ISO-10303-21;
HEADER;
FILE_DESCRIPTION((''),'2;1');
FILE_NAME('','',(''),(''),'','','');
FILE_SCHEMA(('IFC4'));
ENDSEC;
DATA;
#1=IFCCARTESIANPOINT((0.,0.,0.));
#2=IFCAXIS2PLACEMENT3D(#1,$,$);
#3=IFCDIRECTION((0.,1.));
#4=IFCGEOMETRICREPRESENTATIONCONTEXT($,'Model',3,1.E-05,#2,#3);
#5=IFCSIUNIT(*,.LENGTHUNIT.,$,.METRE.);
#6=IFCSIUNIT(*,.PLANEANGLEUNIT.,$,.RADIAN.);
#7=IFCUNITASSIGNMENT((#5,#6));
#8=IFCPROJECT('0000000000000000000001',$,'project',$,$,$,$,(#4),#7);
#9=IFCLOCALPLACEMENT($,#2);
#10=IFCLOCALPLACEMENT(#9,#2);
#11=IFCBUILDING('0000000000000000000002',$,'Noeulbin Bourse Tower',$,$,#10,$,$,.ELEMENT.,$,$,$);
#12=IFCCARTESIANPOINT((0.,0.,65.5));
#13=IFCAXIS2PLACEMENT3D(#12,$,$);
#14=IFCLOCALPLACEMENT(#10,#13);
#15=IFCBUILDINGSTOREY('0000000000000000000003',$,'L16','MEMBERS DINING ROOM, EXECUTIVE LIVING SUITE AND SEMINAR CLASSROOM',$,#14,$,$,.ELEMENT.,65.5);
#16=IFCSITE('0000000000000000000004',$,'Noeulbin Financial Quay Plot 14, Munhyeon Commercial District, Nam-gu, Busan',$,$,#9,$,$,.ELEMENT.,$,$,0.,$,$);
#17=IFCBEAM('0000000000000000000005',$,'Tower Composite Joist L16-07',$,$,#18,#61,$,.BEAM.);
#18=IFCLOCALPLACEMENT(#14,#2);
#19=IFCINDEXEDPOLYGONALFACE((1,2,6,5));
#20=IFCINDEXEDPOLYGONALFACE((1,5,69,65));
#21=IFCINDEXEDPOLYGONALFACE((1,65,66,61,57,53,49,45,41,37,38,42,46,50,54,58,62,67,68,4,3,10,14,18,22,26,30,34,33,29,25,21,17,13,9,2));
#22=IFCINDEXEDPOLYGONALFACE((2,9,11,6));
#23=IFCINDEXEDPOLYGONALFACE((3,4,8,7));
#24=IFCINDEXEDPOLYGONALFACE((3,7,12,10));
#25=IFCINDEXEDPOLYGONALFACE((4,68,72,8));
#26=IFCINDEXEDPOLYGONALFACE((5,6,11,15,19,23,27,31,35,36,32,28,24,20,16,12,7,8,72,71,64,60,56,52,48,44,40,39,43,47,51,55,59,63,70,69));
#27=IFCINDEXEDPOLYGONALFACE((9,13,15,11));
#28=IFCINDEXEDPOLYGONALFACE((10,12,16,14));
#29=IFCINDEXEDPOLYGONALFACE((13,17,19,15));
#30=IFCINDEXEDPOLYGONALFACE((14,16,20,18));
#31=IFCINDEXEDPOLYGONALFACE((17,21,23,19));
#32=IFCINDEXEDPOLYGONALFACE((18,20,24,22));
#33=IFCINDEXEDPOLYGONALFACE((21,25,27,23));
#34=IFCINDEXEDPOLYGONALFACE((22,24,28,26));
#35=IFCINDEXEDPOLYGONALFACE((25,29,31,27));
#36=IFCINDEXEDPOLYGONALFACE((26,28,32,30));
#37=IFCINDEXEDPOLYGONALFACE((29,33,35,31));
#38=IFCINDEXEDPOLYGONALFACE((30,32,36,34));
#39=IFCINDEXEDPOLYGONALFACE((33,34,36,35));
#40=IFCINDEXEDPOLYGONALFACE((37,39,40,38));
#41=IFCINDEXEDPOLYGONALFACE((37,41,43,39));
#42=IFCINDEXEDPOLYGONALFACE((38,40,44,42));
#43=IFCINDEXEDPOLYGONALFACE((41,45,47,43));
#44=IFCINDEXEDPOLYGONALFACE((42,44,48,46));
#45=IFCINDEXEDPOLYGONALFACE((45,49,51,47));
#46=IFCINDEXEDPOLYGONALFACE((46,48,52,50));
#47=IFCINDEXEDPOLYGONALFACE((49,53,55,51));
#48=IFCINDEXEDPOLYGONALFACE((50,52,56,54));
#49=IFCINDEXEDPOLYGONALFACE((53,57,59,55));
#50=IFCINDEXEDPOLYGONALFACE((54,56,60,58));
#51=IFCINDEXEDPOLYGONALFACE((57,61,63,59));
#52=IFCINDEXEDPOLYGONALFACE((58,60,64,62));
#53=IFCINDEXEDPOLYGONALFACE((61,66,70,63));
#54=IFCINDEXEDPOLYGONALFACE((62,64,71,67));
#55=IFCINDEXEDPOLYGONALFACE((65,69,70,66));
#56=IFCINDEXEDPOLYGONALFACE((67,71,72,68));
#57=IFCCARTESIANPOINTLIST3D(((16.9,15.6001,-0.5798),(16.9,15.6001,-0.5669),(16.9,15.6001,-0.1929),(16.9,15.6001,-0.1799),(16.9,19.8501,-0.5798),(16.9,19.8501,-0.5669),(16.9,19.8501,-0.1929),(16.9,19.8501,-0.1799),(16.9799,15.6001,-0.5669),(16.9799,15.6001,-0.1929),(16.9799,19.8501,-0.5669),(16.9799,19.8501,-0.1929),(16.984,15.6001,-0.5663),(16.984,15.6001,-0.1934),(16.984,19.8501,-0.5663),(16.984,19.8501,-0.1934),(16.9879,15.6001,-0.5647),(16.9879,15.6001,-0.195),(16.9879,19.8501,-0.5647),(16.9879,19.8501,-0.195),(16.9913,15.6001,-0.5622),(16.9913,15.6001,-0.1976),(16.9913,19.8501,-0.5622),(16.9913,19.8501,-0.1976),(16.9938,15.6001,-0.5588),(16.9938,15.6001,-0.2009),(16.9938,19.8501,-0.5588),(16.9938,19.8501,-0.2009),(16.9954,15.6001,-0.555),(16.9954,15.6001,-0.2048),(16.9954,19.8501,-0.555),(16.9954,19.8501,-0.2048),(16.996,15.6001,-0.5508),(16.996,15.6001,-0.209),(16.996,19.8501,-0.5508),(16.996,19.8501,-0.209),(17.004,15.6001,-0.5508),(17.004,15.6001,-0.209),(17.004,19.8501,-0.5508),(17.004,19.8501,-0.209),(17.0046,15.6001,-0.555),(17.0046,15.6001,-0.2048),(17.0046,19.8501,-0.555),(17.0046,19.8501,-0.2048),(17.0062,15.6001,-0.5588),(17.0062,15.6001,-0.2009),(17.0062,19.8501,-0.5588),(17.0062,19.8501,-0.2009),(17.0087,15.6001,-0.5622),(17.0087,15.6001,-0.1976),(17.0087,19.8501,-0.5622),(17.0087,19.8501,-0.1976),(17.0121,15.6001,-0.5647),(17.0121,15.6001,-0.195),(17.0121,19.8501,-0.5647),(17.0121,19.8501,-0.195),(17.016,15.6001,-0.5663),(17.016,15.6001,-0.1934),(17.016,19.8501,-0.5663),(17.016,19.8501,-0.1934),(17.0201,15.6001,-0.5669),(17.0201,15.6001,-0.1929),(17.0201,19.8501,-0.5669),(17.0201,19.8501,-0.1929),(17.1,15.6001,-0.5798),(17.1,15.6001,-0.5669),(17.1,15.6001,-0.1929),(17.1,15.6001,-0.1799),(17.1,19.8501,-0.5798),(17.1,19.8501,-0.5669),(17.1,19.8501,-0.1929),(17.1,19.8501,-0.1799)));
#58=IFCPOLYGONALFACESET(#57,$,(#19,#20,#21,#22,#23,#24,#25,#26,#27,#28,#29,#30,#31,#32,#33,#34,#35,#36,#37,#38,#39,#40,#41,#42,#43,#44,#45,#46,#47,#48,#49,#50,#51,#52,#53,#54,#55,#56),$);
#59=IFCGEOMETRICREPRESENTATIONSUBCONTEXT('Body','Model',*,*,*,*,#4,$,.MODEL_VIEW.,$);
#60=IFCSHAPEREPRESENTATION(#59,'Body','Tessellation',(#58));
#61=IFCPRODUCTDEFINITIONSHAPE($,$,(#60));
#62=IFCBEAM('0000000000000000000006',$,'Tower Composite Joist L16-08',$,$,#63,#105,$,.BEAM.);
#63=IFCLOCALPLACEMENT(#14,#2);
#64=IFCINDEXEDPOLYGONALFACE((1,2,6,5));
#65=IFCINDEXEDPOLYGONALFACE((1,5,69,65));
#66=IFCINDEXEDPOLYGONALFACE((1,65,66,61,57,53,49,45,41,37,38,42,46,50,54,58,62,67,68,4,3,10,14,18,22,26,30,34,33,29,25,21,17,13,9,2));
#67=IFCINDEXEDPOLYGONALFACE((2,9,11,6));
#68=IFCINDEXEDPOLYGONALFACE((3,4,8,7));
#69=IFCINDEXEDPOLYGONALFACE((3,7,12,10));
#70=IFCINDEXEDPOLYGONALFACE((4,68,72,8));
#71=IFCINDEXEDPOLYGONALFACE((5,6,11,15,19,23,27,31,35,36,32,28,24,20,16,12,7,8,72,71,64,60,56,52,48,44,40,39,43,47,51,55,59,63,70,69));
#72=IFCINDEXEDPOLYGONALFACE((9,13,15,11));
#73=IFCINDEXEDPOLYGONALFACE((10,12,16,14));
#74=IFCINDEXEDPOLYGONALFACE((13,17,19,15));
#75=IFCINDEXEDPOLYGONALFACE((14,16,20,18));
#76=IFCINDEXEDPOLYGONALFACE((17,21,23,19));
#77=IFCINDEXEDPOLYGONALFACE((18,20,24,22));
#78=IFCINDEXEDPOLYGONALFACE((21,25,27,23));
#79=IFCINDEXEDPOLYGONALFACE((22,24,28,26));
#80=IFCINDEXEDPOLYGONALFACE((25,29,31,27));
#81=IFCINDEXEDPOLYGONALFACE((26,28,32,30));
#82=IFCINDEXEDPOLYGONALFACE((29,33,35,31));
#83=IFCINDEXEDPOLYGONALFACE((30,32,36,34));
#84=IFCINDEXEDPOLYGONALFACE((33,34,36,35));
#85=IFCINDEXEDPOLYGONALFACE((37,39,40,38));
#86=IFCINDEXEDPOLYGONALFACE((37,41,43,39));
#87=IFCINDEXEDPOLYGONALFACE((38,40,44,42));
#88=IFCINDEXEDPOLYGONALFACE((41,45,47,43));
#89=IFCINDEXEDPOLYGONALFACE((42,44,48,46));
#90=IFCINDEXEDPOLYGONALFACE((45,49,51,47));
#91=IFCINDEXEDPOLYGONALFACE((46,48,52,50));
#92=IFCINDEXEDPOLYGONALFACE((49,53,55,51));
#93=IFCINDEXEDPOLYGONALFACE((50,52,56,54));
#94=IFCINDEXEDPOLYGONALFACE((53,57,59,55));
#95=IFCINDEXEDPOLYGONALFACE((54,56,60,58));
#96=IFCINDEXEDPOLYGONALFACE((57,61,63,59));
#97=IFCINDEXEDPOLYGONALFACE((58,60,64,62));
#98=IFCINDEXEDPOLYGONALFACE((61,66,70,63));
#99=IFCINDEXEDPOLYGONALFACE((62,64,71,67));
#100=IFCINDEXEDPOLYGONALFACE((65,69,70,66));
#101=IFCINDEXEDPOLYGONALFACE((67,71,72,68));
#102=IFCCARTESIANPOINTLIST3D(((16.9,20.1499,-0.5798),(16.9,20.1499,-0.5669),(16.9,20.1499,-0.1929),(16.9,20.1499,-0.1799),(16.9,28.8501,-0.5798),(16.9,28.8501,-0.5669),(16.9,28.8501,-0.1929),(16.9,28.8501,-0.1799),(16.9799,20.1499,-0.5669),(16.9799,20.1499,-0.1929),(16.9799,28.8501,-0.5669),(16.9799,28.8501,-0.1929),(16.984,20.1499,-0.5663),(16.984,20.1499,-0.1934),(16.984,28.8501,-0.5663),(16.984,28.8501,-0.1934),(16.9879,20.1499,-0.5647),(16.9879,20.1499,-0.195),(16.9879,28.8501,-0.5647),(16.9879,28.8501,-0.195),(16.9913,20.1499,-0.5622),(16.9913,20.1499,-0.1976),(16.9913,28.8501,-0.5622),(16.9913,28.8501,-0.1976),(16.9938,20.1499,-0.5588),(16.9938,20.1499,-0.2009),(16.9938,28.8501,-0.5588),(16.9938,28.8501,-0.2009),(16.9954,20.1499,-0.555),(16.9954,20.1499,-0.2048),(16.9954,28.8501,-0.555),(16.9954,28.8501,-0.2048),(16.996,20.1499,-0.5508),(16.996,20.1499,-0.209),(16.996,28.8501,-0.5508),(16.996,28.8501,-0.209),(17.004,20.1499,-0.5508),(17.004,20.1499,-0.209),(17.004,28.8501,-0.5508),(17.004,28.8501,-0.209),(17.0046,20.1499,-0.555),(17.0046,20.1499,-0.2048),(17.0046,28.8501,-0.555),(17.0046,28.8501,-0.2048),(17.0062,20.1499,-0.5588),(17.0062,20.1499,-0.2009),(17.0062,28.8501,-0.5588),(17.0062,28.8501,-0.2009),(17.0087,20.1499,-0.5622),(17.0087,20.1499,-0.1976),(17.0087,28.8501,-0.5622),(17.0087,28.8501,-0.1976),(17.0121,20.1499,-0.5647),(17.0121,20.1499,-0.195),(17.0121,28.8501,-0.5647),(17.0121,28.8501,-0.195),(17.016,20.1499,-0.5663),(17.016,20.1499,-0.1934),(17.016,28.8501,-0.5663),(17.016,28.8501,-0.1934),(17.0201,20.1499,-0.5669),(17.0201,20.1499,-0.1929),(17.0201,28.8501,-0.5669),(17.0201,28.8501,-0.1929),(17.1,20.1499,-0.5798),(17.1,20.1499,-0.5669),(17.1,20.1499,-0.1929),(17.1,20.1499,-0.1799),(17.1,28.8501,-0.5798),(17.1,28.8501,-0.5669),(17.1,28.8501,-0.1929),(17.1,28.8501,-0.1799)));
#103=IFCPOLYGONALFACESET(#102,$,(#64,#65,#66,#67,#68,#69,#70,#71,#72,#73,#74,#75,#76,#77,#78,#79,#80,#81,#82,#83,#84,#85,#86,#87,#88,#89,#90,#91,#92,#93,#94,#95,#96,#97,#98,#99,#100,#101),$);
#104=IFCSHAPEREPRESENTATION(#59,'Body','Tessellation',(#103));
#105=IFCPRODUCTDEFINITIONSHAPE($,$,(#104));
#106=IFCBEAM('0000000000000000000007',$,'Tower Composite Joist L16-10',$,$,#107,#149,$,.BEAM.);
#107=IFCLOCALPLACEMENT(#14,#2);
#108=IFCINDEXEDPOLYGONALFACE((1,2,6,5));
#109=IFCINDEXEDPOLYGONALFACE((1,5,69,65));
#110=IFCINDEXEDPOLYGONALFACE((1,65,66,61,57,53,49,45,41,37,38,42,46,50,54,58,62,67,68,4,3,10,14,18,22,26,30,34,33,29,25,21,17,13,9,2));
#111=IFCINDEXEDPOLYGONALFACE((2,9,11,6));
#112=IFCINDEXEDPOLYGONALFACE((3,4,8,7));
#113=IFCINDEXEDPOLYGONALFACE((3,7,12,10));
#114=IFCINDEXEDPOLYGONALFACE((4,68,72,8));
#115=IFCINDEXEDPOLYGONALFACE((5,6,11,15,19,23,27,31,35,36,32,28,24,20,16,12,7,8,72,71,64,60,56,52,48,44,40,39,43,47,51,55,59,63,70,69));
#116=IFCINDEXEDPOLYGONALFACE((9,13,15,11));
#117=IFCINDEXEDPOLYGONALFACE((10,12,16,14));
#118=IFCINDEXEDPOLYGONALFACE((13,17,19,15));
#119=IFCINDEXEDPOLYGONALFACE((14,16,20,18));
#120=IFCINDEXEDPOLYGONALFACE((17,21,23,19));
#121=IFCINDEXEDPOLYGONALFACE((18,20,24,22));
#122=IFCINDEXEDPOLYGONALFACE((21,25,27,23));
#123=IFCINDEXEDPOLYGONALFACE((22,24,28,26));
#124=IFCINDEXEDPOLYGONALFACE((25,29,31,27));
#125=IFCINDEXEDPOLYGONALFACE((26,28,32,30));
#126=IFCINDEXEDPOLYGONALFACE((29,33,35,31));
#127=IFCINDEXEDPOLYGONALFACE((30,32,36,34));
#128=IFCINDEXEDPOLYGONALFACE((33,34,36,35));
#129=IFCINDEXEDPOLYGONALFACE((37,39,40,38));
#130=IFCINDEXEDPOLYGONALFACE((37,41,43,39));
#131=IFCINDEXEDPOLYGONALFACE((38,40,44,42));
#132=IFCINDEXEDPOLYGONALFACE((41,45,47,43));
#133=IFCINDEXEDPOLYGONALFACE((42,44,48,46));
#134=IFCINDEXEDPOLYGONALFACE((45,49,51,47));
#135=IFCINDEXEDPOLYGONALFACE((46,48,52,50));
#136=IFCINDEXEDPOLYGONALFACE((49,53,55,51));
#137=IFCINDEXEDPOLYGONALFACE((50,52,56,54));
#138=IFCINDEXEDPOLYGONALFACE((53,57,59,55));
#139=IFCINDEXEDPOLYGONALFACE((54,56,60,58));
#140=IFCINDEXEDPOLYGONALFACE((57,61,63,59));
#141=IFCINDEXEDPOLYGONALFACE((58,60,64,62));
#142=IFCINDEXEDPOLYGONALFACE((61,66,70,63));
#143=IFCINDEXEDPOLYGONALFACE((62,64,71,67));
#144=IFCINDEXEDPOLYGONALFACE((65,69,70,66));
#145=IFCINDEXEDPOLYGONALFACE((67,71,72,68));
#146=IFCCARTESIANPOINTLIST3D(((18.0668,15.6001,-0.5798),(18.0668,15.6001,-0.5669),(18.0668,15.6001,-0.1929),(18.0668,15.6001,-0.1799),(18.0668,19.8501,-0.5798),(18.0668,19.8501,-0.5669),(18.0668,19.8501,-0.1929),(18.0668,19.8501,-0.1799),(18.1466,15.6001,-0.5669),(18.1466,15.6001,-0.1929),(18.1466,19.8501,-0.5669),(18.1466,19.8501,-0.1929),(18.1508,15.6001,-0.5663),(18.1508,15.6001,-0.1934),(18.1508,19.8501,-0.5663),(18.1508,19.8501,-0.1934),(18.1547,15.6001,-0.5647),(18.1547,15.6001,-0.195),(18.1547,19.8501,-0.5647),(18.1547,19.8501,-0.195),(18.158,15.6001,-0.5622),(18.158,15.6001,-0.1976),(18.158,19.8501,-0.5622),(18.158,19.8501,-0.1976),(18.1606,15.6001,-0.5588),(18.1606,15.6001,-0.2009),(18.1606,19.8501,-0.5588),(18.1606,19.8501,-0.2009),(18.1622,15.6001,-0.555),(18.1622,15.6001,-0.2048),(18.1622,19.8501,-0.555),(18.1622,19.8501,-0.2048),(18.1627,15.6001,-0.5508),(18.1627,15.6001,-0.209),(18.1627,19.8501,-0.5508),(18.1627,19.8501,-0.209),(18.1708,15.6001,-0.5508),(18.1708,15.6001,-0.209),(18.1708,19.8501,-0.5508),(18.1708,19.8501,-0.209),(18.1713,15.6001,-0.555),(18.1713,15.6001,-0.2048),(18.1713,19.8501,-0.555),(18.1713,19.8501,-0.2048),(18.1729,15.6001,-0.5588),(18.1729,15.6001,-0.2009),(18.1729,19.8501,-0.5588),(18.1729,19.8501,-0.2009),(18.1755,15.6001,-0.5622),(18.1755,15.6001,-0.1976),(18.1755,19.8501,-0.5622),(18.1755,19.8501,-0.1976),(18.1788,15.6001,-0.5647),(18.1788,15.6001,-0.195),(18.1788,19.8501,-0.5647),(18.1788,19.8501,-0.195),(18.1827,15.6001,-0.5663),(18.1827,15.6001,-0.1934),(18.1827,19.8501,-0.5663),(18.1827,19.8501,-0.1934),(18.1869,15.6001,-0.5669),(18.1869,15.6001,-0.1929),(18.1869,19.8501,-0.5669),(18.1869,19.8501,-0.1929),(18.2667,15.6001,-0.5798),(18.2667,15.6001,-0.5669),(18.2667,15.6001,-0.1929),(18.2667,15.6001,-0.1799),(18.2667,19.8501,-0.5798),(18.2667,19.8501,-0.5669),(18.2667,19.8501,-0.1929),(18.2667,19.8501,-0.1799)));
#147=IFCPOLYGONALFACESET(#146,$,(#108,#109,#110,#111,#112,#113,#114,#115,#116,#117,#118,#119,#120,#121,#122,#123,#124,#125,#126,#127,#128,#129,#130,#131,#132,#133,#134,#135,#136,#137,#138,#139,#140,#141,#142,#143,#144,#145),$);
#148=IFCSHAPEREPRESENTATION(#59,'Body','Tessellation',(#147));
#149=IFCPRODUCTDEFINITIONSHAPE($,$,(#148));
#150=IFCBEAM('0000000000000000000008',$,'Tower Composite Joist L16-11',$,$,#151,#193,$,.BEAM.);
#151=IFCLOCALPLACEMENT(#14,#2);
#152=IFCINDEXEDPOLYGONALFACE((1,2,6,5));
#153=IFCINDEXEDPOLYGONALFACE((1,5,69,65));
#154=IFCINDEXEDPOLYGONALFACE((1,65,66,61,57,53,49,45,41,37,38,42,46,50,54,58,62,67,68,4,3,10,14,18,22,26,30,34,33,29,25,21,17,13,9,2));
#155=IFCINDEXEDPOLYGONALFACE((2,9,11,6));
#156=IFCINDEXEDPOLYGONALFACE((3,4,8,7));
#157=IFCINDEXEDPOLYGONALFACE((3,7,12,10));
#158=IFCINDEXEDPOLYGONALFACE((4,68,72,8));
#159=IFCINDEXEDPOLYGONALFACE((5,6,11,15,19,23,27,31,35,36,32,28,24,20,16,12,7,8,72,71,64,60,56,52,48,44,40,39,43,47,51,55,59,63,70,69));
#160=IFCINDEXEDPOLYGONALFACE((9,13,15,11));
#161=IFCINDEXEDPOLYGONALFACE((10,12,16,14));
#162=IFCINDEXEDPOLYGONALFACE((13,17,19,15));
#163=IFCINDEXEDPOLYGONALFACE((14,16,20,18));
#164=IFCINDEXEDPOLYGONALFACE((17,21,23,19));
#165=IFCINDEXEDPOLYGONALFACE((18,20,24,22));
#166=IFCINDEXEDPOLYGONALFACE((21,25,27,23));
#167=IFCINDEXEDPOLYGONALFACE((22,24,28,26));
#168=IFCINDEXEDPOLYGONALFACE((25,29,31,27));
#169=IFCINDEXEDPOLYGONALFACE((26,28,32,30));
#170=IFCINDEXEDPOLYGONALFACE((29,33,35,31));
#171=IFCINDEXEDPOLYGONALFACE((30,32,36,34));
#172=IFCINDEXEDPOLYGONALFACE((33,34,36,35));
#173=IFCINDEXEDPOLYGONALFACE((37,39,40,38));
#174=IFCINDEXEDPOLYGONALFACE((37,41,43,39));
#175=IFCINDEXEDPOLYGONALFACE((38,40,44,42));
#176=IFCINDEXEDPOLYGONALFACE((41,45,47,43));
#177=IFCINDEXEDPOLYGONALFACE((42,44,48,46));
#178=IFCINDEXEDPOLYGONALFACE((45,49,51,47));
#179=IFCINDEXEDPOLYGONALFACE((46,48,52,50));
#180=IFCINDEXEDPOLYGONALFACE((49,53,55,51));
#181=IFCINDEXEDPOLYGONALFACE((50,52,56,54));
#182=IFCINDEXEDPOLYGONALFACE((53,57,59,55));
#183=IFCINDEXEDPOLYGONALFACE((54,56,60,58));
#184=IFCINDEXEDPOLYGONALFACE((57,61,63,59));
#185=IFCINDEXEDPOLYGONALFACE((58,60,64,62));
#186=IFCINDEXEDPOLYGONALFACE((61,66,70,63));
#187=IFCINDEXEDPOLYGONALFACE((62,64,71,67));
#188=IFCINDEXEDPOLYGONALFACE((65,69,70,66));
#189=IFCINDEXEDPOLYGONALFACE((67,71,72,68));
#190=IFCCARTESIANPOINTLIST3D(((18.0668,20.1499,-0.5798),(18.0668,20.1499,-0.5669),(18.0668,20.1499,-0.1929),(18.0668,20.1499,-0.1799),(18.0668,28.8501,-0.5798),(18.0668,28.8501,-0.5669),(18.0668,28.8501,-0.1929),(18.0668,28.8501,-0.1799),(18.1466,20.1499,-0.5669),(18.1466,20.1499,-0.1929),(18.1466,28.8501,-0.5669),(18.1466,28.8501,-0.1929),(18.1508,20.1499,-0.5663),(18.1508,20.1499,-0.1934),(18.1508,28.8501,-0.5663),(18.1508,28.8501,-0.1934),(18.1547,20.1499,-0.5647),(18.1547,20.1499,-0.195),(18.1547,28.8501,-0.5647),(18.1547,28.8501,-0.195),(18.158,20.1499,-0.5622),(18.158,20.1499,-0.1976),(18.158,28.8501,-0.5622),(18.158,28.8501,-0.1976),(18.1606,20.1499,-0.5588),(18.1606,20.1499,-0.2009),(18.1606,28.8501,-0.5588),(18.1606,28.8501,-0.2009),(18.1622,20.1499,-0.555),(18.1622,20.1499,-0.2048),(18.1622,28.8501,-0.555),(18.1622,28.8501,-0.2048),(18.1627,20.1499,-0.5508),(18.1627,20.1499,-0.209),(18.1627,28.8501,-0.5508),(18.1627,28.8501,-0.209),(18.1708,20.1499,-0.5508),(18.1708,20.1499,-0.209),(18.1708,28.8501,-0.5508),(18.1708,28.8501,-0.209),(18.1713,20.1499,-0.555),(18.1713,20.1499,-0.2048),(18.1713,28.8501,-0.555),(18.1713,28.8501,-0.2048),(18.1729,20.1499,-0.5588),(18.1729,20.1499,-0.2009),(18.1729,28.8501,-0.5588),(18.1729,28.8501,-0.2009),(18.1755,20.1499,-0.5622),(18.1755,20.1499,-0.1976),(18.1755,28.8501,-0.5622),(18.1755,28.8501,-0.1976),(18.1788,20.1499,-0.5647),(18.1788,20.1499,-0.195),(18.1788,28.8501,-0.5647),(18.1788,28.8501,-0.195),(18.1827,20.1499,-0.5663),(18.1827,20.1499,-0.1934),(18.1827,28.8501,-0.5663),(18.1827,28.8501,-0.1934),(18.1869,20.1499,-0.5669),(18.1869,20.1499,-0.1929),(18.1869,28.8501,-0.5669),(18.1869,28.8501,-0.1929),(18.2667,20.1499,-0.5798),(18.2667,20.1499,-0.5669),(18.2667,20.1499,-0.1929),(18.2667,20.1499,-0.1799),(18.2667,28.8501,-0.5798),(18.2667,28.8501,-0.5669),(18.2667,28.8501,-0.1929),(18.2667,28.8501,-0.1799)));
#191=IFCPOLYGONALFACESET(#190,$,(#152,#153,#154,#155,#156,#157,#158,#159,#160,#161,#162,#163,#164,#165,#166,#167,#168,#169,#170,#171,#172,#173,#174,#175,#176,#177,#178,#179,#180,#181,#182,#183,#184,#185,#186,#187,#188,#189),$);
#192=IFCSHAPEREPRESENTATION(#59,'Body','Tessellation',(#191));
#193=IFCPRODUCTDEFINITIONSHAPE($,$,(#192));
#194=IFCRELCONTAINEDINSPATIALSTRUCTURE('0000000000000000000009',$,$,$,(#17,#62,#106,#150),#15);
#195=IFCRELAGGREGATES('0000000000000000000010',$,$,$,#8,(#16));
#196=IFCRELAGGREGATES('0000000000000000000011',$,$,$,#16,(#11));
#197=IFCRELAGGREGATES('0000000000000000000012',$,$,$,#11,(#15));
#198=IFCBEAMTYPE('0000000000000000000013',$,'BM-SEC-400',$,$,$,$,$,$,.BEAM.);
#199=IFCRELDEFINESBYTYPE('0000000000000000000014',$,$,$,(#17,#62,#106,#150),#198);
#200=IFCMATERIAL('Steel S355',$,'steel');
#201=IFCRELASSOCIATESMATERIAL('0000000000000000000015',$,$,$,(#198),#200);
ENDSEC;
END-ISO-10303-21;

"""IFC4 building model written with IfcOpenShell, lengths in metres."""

from ifc_helpers import new_model, si_unit, direction, frame, origin, origin_2d, place, context, subcontext, project, spatial, i_section, extrude, material, material_profile, profile_set, type_object, element, save


model = new_model("IFC4")

# Units and contexts
model_context = context("Model", 3, precision=1e-05, world=origin(), true_north=direction((0.0, 1.0)))
body_context = subcontext(model_context, "Body", "Model", "MODEL_VIEW")
ifc_project = project(units=[si_unit("LENGTHUNIT", "METRE"), si_unit("PLANEANGLEUNIT", "RADIAN")], contexts=[model_context])

# Site, building, storey
site_placement = place(None, origin())
site = spatial("IfcSite", under=ifc_project, at=site_placement, Name="Noeulbin Financial Quay Plot 14, Munhyeon Commercial District, Nam-gu, Busan", CompositionType="ELEMENT", RefElevation=0.0)
building_placement = place(site_placement, origin())
building = spatial("IfcBuilding", under=site, at=building_placement, Name="Noeulbin Bourse Tower", CompositionType="ELEMENT")
storey_placement = place(building_placement, frame((0.0, 0.0, 65.5)))
storey = spatial("IfcBuildingStorey", under=building, at=storey_placement, Name="L16", Description="MEMBERS DINING ROOM, EXECUTIVE LIVING SUITE AND SEMINAR CLASSROOM", CompositionType="ELEMENT", Elevation=65.5)

# Beams
ifc_material_1 = material(Name="Steel S355", Category="steel")
ifc_material_profile_1 = material_profile(ifc_material_1, i_section(OverallWidth=0.2, OverallDepth=0.3999, WebThickness=0.0081, FlangeThickness=0.0129, FilletRadius=0.0161, at=origin_2d()), Name="H-400x200x8x13", Category="LoadBearing")
ifc_profile_set_1 = profile_set([ifc_material_profile_1], Name="Steel S355")
beam_type_1 = type_object("IfcBeamType", Name="BM-SEC-400", PredefinedType="BEAM", material=ifc_profile_set_1)
beam_1_placement = place(storey_placement, frame((17.0, 15.6001, -0.3799), z_axis=(0.0, 1.0, 0.0), x_axis=(-1.0, 0.0, 0.0)))
element("IfcBeam", 1, at=beam_1_placement, inside=storey, type_object=beam_type_1, Name="Tower Composite Joist L16-07", PredefinedType="BEAM", context=body_context, shape_type="SweptSolid", body=[
    extrude(i_section(OverallWidth=0.2, OverallDepth=0.3999, WebThickness=0.0081, FlangeThickness=0.0129, FilletRadius=0.0161, at=origin_2d()), origin(), (0.0, 0.0, 1.0), 4.25),
])
beam_2_placement = place(storey_placement, frame((17.0, 20.1499, -0.3799), z_axis=(0.0, 1.0, 0.0), x_axis=(-1.0, 0.0, 0.0)))
element("IfcBeam", 2, at=beam_2_placement, inside=storey, type_object=beam_type_1, Name="Tower Composite Joist L16-08", PredefinedType="BEAM", context=body_context, shape_type="SweptSolid", body=[
    extrude(i_section(OverallWidth=0.2, OverallDepth=0.3999, WebThickness=0.0081, FlangeThickness=0.0129, FilletRadius=0.0161, at=origin_2d()), origin(), (0.0, 0.0, 1.0), 8.7002),
])
beam_3_placement = place(storey_placement, frame((18.1667, 15.6001, -0.3799), z_axis=(0.0, 1.0, 0.0), x_axis=(-1.0, 0.0, 0.0)))
element("IfcBeam", 3, at=beam_3_placement, inside=storey, type_object=beam_type_1, Name="Tower Composite Joist L16-10", PredefinedType="BEAM", context=body_context, shape_type="SweptSolid", body=[
    extrude(i_section(OverallWidth=0.2, OverallDepth=0.3999, WebThickness=0.0081, FlangeThickness=0.0129, FilletRadius=0.0161, at=origin_2d()), origin(), (0.0, 0.0, 1.0), 4.25),
])
beam_4_placement = place(storey_placement, frame((18.1667, 20.1499, -0.3799), z_axis=(0.0, 1.0, 0.0), x_axis=(-1.0, 0.0, 0.0)))
element("IfcBeam", 4, at=beam_4_placement, inside=storey, type_object=beam_type_1, Name="Tower Composite Joist L16-11", PredefinedType="BEAM", context=body_context, shape_type="SweptSolid", body=[
    extrude(i_section(OverallWidth=0.2, OverallDepth=0.3999, WebThickness=0.0081, FlangeThickness=0.0129, FilletRadius=0.0161, at=origin_2d()), origin(), (0.0, 0.0, 1.0), 8.7002),
])

save(model, "model.ifc")
